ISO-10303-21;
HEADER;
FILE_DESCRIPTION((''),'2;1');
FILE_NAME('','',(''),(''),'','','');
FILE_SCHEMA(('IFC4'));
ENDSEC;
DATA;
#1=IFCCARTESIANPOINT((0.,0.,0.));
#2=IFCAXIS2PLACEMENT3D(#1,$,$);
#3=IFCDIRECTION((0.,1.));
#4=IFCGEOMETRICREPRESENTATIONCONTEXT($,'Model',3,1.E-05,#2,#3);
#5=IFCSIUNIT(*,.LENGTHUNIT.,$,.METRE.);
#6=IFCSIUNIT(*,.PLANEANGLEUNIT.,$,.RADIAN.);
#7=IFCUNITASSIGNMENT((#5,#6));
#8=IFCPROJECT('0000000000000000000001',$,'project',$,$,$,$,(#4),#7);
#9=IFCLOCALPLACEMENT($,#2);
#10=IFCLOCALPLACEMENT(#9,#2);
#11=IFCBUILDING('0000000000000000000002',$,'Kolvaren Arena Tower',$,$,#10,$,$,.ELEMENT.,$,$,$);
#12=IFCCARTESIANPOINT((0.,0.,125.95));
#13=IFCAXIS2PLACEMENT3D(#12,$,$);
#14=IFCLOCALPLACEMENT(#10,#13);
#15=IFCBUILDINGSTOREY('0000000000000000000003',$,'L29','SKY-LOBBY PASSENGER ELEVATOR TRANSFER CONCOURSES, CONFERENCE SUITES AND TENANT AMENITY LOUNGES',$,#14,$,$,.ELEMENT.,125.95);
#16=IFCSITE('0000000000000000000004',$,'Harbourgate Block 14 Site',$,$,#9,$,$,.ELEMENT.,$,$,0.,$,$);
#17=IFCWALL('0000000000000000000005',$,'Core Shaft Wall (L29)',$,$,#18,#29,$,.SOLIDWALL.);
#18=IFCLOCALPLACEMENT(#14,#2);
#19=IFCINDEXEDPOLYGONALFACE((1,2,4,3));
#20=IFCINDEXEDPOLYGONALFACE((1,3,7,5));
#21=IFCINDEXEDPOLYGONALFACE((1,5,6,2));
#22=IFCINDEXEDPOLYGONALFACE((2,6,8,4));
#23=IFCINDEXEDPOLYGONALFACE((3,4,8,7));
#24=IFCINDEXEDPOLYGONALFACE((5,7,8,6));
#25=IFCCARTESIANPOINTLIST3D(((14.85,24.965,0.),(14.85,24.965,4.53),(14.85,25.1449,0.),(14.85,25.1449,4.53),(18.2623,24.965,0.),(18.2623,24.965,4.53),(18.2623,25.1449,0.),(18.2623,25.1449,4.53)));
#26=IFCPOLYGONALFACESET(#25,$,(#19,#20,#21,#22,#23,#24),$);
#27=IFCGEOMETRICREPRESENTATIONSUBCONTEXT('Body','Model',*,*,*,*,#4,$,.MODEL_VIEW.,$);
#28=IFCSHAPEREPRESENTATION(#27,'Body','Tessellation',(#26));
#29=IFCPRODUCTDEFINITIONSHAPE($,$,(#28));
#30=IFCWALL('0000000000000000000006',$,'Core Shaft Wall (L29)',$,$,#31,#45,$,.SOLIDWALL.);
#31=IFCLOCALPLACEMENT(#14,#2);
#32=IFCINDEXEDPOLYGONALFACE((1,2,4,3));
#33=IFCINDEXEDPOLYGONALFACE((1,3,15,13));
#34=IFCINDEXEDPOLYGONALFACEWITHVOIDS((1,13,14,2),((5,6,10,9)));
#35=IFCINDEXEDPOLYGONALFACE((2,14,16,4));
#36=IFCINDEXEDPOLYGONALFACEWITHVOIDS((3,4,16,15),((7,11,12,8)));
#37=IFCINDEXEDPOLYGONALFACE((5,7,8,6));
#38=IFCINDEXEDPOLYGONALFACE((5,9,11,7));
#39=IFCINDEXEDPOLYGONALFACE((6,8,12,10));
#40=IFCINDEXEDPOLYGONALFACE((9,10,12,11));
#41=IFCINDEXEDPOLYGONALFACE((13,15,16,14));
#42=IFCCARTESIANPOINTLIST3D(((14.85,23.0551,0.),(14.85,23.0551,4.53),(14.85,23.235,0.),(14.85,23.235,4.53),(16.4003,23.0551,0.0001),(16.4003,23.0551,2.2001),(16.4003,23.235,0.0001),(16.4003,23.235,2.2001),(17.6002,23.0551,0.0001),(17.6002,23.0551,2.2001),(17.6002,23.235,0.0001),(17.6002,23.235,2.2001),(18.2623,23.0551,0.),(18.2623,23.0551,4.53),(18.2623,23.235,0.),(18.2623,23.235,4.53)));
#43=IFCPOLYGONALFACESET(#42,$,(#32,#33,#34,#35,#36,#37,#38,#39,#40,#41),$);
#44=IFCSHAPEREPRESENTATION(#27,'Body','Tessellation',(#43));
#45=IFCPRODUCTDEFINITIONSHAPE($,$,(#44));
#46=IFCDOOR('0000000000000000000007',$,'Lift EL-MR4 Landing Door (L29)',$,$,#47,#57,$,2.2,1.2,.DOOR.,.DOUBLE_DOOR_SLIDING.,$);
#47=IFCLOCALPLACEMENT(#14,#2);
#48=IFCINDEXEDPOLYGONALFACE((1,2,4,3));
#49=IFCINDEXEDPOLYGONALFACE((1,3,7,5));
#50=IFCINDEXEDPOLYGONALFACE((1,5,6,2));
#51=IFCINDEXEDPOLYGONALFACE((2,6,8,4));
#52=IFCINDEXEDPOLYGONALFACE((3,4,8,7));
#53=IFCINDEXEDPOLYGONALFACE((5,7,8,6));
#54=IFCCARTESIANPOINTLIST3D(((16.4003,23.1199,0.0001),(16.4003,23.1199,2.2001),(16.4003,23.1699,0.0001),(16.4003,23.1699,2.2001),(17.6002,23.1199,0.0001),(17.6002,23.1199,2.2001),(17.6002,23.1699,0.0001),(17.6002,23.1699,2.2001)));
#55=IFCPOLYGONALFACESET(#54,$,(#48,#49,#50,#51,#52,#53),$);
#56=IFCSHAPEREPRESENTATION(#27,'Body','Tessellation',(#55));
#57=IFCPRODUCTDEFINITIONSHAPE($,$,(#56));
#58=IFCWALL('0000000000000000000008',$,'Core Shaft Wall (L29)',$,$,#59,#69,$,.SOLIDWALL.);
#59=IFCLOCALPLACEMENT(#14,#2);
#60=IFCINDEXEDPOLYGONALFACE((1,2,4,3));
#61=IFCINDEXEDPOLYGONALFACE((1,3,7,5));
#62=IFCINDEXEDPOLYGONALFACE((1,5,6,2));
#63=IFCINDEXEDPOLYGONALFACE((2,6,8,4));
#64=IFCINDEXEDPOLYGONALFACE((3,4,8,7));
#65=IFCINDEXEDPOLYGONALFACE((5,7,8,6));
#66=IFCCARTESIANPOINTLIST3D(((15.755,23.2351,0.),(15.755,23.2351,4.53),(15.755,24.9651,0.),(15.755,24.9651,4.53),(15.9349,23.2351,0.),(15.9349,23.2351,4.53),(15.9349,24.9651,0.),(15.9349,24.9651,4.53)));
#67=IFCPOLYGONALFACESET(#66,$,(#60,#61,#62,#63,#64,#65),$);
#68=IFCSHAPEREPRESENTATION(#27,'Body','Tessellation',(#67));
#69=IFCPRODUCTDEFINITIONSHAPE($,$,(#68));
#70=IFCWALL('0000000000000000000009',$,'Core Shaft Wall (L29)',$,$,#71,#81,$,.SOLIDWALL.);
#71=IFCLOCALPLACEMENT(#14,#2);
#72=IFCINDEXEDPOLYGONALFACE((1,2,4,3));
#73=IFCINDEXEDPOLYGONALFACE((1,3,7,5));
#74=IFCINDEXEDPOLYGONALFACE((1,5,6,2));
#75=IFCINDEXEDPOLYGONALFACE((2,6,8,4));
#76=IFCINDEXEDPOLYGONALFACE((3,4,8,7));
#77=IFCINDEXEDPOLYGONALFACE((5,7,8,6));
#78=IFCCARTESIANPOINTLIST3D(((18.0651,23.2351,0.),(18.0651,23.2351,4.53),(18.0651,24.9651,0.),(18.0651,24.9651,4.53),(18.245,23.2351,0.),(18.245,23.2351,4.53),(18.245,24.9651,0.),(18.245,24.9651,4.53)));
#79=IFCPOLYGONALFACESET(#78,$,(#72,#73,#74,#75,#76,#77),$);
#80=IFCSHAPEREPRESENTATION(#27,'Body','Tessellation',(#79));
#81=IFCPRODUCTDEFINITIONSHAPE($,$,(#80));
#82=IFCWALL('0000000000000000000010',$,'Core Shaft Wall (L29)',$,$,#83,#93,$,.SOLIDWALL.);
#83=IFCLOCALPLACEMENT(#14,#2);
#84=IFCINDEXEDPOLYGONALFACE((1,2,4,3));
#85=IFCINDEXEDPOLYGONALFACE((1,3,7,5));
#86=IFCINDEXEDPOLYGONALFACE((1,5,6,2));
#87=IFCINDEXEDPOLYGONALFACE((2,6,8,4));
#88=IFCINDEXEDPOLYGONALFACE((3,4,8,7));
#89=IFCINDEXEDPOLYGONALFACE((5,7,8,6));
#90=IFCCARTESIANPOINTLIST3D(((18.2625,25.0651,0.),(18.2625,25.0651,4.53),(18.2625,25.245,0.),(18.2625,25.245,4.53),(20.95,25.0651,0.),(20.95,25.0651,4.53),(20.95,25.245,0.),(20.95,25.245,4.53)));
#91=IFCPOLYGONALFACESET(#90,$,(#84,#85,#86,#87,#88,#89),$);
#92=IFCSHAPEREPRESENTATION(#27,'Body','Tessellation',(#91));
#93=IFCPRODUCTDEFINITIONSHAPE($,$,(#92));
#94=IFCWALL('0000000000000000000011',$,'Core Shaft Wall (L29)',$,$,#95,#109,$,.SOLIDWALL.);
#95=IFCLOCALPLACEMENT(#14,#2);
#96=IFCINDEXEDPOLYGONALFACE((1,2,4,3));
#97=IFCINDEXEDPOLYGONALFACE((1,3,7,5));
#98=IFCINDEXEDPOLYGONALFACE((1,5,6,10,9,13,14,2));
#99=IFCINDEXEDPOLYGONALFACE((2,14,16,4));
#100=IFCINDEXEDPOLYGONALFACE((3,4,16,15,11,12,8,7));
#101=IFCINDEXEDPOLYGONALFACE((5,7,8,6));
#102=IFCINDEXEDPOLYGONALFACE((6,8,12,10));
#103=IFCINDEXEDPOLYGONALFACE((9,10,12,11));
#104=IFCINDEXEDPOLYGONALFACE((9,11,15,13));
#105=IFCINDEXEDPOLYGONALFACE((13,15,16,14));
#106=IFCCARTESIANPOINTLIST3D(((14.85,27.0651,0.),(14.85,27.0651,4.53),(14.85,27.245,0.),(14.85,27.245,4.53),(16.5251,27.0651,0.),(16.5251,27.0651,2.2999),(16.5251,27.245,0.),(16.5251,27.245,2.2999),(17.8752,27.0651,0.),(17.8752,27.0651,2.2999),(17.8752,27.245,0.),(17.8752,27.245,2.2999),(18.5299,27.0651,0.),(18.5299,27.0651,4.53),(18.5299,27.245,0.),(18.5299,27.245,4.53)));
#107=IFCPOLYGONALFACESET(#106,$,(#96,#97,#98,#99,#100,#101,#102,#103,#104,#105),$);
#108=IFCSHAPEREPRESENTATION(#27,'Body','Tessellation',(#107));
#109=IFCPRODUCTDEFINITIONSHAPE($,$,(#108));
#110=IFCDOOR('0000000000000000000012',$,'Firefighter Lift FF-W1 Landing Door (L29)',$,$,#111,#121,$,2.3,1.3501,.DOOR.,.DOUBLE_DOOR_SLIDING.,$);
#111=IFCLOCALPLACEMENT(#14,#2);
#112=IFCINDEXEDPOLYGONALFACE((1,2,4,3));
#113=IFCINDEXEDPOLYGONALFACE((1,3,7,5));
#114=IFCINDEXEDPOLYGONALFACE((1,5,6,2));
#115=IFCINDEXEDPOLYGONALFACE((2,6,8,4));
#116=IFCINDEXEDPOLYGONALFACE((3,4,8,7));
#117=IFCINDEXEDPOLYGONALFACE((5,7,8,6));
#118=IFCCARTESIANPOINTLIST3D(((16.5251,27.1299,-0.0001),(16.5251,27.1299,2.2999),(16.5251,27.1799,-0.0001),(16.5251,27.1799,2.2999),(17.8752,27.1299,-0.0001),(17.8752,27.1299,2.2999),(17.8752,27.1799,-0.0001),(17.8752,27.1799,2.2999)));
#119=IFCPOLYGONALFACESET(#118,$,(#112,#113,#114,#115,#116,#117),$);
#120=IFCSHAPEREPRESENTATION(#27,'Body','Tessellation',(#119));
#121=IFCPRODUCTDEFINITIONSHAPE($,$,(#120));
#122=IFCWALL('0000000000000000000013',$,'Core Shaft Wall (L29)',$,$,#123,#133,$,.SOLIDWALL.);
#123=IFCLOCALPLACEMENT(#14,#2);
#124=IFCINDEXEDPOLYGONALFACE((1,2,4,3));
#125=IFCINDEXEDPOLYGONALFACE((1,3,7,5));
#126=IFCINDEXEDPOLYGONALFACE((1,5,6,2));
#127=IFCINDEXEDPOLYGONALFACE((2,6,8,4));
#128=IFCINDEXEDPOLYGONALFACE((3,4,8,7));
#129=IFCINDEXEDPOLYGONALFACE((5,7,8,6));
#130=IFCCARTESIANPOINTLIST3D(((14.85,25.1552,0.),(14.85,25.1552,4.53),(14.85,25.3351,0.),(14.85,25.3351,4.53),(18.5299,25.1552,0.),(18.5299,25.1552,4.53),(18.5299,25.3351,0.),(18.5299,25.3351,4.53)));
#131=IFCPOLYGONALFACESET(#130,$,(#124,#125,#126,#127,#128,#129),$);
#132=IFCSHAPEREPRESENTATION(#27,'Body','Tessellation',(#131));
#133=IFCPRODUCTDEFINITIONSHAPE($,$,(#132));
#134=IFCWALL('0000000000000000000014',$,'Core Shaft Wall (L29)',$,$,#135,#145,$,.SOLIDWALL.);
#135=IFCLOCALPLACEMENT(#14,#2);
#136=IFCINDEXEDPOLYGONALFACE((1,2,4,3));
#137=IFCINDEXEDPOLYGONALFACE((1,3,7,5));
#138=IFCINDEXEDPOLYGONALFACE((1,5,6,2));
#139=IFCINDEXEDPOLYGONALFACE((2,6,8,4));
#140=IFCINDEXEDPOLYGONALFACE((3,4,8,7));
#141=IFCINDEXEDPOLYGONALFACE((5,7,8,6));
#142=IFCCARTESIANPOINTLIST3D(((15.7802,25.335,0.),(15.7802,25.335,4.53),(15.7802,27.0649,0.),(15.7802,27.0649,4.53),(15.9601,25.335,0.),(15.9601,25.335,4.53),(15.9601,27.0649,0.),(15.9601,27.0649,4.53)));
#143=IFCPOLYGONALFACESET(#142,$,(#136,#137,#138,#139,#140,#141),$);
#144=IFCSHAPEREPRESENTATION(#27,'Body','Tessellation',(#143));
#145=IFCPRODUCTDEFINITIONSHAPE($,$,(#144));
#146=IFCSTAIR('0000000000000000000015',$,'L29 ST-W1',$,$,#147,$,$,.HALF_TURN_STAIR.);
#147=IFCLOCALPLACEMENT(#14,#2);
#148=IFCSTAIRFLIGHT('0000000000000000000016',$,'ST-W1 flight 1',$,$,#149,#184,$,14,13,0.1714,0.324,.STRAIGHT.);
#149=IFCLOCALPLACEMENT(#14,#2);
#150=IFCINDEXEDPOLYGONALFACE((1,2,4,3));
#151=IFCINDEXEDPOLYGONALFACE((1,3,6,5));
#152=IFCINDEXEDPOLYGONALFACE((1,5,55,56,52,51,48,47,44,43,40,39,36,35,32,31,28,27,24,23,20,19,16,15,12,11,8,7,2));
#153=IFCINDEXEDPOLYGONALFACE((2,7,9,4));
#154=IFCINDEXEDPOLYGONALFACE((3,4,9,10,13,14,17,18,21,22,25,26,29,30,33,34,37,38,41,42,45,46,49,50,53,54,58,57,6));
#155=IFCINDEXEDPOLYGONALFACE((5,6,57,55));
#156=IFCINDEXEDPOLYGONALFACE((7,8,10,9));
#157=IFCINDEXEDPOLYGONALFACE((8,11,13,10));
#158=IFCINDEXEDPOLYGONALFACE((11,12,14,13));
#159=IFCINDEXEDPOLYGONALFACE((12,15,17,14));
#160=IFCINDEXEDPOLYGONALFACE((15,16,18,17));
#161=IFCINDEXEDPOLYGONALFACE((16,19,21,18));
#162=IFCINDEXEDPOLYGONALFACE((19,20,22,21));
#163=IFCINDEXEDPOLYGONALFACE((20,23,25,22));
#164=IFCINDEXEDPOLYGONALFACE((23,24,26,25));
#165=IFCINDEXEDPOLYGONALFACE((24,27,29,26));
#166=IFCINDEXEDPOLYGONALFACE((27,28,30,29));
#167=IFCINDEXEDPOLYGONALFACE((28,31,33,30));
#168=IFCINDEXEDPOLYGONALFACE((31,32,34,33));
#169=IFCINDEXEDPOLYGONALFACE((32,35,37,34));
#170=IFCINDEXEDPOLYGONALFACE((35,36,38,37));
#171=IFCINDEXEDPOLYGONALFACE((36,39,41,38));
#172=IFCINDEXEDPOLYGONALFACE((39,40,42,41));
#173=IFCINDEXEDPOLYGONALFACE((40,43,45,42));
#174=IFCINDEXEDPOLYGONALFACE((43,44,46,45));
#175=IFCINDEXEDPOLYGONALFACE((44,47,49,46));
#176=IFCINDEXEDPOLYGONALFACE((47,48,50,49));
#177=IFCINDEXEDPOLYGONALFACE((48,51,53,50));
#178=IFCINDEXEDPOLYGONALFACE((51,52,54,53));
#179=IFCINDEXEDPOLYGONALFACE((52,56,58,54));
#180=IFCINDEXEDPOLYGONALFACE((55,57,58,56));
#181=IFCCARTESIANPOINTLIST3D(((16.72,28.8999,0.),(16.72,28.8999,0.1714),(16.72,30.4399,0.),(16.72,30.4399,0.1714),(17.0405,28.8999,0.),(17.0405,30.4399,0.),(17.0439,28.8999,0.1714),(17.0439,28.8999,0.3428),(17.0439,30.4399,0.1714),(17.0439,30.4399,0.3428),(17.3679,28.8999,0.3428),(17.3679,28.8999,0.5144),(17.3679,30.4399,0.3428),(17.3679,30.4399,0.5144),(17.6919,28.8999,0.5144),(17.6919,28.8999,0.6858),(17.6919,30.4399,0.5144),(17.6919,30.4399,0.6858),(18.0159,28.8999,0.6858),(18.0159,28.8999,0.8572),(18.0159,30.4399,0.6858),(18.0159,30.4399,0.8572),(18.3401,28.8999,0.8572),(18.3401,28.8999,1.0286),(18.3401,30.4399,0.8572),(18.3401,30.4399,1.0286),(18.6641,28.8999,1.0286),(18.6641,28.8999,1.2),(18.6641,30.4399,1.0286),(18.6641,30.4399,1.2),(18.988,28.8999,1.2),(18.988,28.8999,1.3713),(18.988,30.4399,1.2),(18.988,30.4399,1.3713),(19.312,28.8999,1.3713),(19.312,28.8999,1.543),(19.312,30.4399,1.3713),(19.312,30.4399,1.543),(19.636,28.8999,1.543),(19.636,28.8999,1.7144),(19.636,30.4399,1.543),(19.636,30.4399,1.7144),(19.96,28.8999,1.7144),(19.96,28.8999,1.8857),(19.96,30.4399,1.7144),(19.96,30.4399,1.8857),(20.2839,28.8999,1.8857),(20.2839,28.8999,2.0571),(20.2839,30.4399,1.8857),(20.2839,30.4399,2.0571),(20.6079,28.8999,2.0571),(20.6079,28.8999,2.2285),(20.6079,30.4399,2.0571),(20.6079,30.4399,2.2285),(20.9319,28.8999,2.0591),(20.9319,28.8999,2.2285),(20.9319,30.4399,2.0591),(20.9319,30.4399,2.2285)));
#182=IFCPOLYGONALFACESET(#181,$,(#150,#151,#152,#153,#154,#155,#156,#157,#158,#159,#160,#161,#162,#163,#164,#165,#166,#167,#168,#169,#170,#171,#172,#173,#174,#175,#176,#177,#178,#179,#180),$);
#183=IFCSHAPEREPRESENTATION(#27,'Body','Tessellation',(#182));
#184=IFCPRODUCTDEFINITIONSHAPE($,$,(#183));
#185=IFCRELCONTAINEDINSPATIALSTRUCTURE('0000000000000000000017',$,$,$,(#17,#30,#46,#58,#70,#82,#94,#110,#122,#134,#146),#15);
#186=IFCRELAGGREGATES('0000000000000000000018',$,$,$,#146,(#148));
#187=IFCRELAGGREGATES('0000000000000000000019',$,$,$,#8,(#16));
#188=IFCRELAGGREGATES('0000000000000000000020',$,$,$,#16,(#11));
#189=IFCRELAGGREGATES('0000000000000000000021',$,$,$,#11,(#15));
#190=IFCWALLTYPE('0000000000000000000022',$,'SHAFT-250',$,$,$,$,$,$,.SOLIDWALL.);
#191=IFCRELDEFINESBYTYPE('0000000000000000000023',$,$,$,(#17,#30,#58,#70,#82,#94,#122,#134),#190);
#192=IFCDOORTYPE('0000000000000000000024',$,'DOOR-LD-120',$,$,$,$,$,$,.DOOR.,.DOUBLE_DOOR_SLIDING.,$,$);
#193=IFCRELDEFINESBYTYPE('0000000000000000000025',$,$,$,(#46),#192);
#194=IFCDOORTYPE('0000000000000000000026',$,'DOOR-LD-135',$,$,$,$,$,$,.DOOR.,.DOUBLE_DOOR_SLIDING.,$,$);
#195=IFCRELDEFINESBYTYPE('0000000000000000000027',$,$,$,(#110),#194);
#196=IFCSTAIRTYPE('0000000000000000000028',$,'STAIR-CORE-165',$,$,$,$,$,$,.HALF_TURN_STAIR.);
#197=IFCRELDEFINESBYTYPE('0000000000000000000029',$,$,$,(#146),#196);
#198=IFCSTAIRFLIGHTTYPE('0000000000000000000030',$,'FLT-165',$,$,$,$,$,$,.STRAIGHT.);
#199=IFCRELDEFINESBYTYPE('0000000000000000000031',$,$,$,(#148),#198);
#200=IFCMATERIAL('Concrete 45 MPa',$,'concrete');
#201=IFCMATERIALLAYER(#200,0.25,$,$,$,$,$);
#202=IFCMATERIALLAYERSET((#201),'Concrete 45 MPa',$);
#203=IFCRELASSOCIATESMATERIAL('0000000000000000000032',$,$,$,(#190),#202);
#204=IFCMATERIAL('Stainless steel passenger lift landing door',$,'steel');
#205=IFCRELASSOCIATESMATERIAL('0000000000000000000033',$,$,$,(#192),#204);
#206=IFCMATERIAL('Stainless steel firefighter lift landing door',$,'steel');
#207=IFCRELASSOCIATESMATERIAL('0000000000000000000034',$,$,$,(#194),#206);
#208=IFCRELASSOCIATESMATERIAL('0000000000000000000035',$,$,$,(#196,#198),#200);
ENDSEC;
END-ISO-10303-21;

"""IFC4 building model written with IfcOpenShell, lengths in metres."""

from ifc_helpers import new_model, si_unit, direction, frame, frame_2d, origin, place, context, subcontext, project, spatial, polyline, rectangle, outline, extrude, material, layer, layer_set, type_object, element, fill, aggregate, save


model = new_model("IFC4")

# Units and contexts
model_context = context("Model", 3, precision=1e-05, world=origin(), true_north=direction((0.0, 1.0)))
body_context = subcontext(model_context, "Body", "Model", "MODEL_VIEW")
ifc_project = project(units=[si_unit("LENGTHUNIT", "METRE"), si_unit("PLANEANGLEUNIT", "RADIAN")], contexts=[model_context])

# Site, building, storey
site_placement = place(None, origin())
site = spatial("IfcSite", under=ifc_project, at=site_placement, Name="Harbourgate Block 14 Site", CompositionType="ELEMENT", RefElevation=0.0)
building_placement = place(site_placement, origin())
building = spatial("IfcBuilding", under=site, at=building_placement, Name="Kolvaren Arena Tower", CompositionType="ELEMENT")
storey_placement = place(building_placement, frame((0.0, 0.0, 125.95)))
storey = spatial("IfcBuildingStorey", under=building, at=storey_placement, Name="L29", Description="SKY-LOBBY PASSENGER ELEVATOR TRANSFER CONCOURSES, CONFERENCE SUITES AND TENANT AMENITY LOUNGES", CompositionType="ELEMENT", Elevation=125.95)

# Wall
ifc_material_1 = material(Name="Concrete 45 MPa", Category="concrete")
ifc_layer = layer(ifc_material_1, 0.25)
ifc_layer_set = layer_set([ifc_layer], Name="Concrete 45 MPa")
wall_type = type_object("IfcWallType", Name="SHAFT-250", PredefinedType="SOLIDWALL", material=ifc_layer_set)
wall_1_placement = place(storey_placement, frame((14.8501, 25.0549, 0.0), z_axis=(0.0, 0.0, 1.0), x_axis=(1.0, 0.0, 0.0)))
element("IfcWall", 1, at=wall_1_placement, inside=storey, type_object=wall_type, Name="Core Shaft Wall (L29)", PredefinedType="SOLIDWALL", context=body_context, shape_type="SweptSolid", body=[
    extrude(rectangle(XDim=3.4124, YDim=0.1799, at=frame_2d((1.7061, 0.0))), origin(), (0.0, 0.0, 1.0), 4.53),
])

# Wall, opening, door
wall_2_placement = place(storey_placement, frame((14.8501, 23.145, 0.0), z_axis=(0.0, 0.0, 1.0), x_axis=(1.0, 0.0, 0.0)))
wall_2 = element("IfcWall", 2, at=wall_2_placement, inside=storey, type_object=wall_type, Name="Core Shaft Wall (L29)", PredefinedType="SOLIDWALL", context=body_context, shape_type="SweptSolid", body=[
    extrude(rectangle(XDim=3.4124, YDim=0.1799, at=frame_2d((1.7061, 0.0))), origin(), (0.0, 0.0, 1.0), 4.53),
])
opening_1_placement = place(wall_2_placement, frame((1.55, 0.0, 0.0)))
opening_1 = element("IfcOpeningElement", 3, at=opening_1_placement, cuts=wall_2, PredefinedType="OPENING", context=body_context, shape_type="SweptSolid", body=[
    extrude(rectangle(XDim=1.2, YDim=2.2, at=frame_2d((0.6001, 1.1001))), frame((0.0, 0.0999, 0.0), z_axis=(0.0, -1.0, 0.0), x_axis=(1.0, 0.0, 0.0)), (0.0, 0.0, 1.0), 0.2),
])
ifc_material_2 = material(Name="Stainless steel passenger lift landing door", Category="steel")
door_type_1 = type_object("IfcDoorType", Name="DOOR-LD-120", OperationType="DOUBLE_DOOR_SLIDING", PredefinedType="DOOR", material=ifc_material_2)
door_1_placement = place(opening_1_placement, origin())
door_1 = element("IfcDoor", 4, at=door_1_placement, inside=storey, type_object=door_type_1, Name="Lift EL-MR4 Landing Door (L29)", OperationType="DOUBLE_DOOR_SLIDING", OverallHeight=2.2, OverallWidth=1.2, PredefinedType="DOOR", context=body_context, shape_type="SweptSolid", body=[
    extrude(rectangle(XDim=1.2, YDim=2.2, at=frame_2d((0.6001, 1.1001))), frame((0.0, 0.0249, 0.0), z_axis=(0.0, -1.0, 0.0), x_axis=(1.0, 0.0, 0.0)), (0.0, 0.0, 1.0), 0.05),
])
fill(opening_1, door_1)

# Walls
for number, where, z_axis, x_axis, name in (
    (5, (15.845, 23.2351, 0.0), (0.0, 0.0, 1.0), (0.0, 1.0, 0.0), "Core Shaft Wall (L29)"),
    (6, (18.155, 23.2351, 0.0), (0.0, 0.0, 1.0), (0.0, 1.0, 0.0), "Core Shaft Wall (L29)"),
):
    element("IfcWall", number, at=place(storey_placement, frame(where, z_axis=z_axis, x_axis=x_axis)), inside=storey, type_object=wall_type, Name=name, PredefinedType="SOLIDWALL", context=body_context, shape_type="SweptSolid", body=[
        extrude(rectangle(XDim=1.73, YDim=0.1799, at=frame_2d((0.865, 0.0))), origin(), (0.0, 0.0, 1.0), 4.53),
    ])
wall_3_placement = place(storey_placement, frame((18.2625, 25.155, 0.0), z_axis=(0.0, 0.0, 1.0), x_axis=(1.0, 0.0, 0.0)))
element("IfcWall", 7, at=wall_3_placement, inside=storey, type_object=wall_type, Name="Core Shaft Wall (L29)", PredefinedType="SOLIDWALL", context=body_context, shape_type="SweptSolid", body=[
    extrude(rectangle(XDim=2.6875, YDim=0.1799, at=frame_2d((1.3438, 0.0))), origin(), (0.0, 0.0, 1.0), 4.53),
])

# Wall, opening, door
wall_4_placement = place(storey_placement, frame((14.8501, 27.155, 0.0), z_axis=(0.0, 0.0, 1.0), x_axis=(1.0, 0.0, 0.0)))
wall_4 = element("IfcWall", 8, at=wall_4_placement, inside=storey, type_object=wall_type, Name="Core Shaft Wall (L29)", PredefinedType="SOLIDWALL", context=body_context, shape_type="SweptSolid", body=[
    extrude(rectangle(XDim=3.6799, YDim=0.1799, at=frame_2d((1.8398, 0.0))), origin(), (0.0, 0.0, 1.0), 4.53),
])
opening_2_placement = place(wall_4_placement, frame((1.675, 0.0, 0.0)))
opening_2 = element("IfcOpeningElement", 9, at=opening_2_placement, cuts=wall_4, PredefinedType="OPENING", context=body_context, shape_type="SweptSolid", body=[
    extrude(rectangle(XDim=1.3501, YDim=2.3, at=frame_2d((0.675, 1.1499))), frame((0.0, 0.0999, 0.0), z_axis=(0.0, -1.0, 0.0), x_axis=(1.0, 0.0, 0.0)), (0.0, 0.0, 1.0), 0.2),
])
ifc_material_3 = material(Name="Stainless steel firefighter lift landing door", Category="steel")
door_type_2 = type_object("IfcDoorType", Name="DOOR-LD-135", OperationType="DOUBLE_DOOR_SLIDING", PredefinedType="DOOR", material=ifc_material_3)
door_2_placement = place(opening_2_placement, origin())
door_2 = element("IfcDoor", 10, at=door_2_placement, inside=storey, type_object=door_type_2, Name="Firefighter Lift FF-W1 Landing Door (L29)", OperationType="DOUBLE_DOOR_SLIDING", OverallHeight=2.3, OverallWidth=1.3501, PredefinedType="DOOR", context=body_context, shape_type="SweptSolid", body=[
    extrude(rectangle(XDim=1.3501, YDim=2.3, at=frame_2d((0.675, 1.1499))), frame((0.0, 0.0249, 0.0), z_axis=(0.0, -1.0, 0.0), x_axis=(1.0, 0.0, 0.0)), (0.0, 0.0, 1.0), 0.05),
])
fill(opening_2, door_2)

# Walls
wall_5_placement = place(storey_placement, frame((14.8501, 25.2451, 0.0), z_axis=(0.0, 0.0, 1.0), x_axis=(1.0, 0.0, 0.0)))
element("IfcWall", 11, at=wall_5_placement, inside=storey, type_object=wall_type, Name="Core Shaft Wall (L29)", PredefinedType="SOLIDWALL", context=body_context, shape_type="SweptSolid", body=[
    extrude(rectangle(XDim=3.6799, YDim=0.1799, at=frame_2d((1.8398, 0.0))), origin(), (0.0, 0.0, 1.0), 4.53),
])
wall_6_placement = place(storey_placement, frame((15.8701, 25.335, 0.0), z_axis=(0.0, 0.0, 1.0), x_axis=(0.0, 1.0, 0.0)))
element("IfcWall", 12, at=wall_6_placement, inside=storey, type_object=wall_type, Name="Core Shaft Wall (L29)", PredefinedType="SOLIDWALL", context=body_context, shape_type="SweptSolid", body=[
    extrude(rectangle(XDim=1.73, YDim=0.1799, at=frame_2d((0.865, 0.0))), origin(), (0.0, 0.0, 1.0), 4.53),
])

# Stair, stair flight
stair_type = type_object("IfcStairType", Name="STAIR-CORE-165", PredefinedType="HALF_TURN_STAIR", material=ifc_material_1)
stair_placement = place(storey_placement, origin())
stair = element("IfcStair", 13, at=stair_placement, inside=storey, type_object=stair_type, Name="L29 ST-W1", PredefinedType="HALF_TURN_STAIR")
stair_flight_type = type_object("IfcStairFlightType", Name="FLT-165", PredefinedType="STRAIGHT", material=ifc_material_1)
stair_flight_placement = place(storey_placement, frame((16.72, 29.6699, 0.0), z_axis=(0.0, 0.0, 1.0), x_axis=(1.0, 0.0, 0.0)))
stair_flight = element("IfcStairFlight", 14, at=stair_flight_placement, type_object=stair_flight_type, Name="ST-W1 flight 1", NumberOfRisers=14, NumberOfTreads=13, PredefinedType="STRAIGHT", RiserHeight=0.1714, TreadLength=0.324, context=body_context, shape_type="SweptSolid", body=[
    extrude(outline(polyline([(0.0, 0.0), (0.0, 0.1714), (0.324, 0.1714), (0.324, 0.3428), (0.6479, 0.3428), (0.6479, 0.5144), (0.9719, 0.5144), (0.9719, 0.6858), (1.2959, 0.6858), (1.2959, 0.8572), (1.6201, 0.8572), (1.6201, 1.0286), (1.9441, 1.0286), (1.9441, 1.2), (2.2681, 1.2), (2.2681, 1.3713), (2.592, 1.3713), (2.592, 1.543), (2.916, 1.543), (2.916, 1.7144), (3.24, 1.7144), (3.24, 1.8857), (3.564, 1.8857), (3.564, 2.0571), (3.8879, 2.0571), (3.8879, 2.2285), (4.2119, 2.2285), (4.2119, 2.3999), (4.2119, 2.0591), (0.3206, 0.0), (0.0, 0.0)])), frame((0.0, 0.77, 0.0), z_axis=(0.0, -1.0, 0.0), x_axis=(1.0, 0.0, 0.0)), (0.0, 0.0, 1.0), 1.54),
])
aggregate(stair, [stair_flight])

save(model, "model.ifc")
